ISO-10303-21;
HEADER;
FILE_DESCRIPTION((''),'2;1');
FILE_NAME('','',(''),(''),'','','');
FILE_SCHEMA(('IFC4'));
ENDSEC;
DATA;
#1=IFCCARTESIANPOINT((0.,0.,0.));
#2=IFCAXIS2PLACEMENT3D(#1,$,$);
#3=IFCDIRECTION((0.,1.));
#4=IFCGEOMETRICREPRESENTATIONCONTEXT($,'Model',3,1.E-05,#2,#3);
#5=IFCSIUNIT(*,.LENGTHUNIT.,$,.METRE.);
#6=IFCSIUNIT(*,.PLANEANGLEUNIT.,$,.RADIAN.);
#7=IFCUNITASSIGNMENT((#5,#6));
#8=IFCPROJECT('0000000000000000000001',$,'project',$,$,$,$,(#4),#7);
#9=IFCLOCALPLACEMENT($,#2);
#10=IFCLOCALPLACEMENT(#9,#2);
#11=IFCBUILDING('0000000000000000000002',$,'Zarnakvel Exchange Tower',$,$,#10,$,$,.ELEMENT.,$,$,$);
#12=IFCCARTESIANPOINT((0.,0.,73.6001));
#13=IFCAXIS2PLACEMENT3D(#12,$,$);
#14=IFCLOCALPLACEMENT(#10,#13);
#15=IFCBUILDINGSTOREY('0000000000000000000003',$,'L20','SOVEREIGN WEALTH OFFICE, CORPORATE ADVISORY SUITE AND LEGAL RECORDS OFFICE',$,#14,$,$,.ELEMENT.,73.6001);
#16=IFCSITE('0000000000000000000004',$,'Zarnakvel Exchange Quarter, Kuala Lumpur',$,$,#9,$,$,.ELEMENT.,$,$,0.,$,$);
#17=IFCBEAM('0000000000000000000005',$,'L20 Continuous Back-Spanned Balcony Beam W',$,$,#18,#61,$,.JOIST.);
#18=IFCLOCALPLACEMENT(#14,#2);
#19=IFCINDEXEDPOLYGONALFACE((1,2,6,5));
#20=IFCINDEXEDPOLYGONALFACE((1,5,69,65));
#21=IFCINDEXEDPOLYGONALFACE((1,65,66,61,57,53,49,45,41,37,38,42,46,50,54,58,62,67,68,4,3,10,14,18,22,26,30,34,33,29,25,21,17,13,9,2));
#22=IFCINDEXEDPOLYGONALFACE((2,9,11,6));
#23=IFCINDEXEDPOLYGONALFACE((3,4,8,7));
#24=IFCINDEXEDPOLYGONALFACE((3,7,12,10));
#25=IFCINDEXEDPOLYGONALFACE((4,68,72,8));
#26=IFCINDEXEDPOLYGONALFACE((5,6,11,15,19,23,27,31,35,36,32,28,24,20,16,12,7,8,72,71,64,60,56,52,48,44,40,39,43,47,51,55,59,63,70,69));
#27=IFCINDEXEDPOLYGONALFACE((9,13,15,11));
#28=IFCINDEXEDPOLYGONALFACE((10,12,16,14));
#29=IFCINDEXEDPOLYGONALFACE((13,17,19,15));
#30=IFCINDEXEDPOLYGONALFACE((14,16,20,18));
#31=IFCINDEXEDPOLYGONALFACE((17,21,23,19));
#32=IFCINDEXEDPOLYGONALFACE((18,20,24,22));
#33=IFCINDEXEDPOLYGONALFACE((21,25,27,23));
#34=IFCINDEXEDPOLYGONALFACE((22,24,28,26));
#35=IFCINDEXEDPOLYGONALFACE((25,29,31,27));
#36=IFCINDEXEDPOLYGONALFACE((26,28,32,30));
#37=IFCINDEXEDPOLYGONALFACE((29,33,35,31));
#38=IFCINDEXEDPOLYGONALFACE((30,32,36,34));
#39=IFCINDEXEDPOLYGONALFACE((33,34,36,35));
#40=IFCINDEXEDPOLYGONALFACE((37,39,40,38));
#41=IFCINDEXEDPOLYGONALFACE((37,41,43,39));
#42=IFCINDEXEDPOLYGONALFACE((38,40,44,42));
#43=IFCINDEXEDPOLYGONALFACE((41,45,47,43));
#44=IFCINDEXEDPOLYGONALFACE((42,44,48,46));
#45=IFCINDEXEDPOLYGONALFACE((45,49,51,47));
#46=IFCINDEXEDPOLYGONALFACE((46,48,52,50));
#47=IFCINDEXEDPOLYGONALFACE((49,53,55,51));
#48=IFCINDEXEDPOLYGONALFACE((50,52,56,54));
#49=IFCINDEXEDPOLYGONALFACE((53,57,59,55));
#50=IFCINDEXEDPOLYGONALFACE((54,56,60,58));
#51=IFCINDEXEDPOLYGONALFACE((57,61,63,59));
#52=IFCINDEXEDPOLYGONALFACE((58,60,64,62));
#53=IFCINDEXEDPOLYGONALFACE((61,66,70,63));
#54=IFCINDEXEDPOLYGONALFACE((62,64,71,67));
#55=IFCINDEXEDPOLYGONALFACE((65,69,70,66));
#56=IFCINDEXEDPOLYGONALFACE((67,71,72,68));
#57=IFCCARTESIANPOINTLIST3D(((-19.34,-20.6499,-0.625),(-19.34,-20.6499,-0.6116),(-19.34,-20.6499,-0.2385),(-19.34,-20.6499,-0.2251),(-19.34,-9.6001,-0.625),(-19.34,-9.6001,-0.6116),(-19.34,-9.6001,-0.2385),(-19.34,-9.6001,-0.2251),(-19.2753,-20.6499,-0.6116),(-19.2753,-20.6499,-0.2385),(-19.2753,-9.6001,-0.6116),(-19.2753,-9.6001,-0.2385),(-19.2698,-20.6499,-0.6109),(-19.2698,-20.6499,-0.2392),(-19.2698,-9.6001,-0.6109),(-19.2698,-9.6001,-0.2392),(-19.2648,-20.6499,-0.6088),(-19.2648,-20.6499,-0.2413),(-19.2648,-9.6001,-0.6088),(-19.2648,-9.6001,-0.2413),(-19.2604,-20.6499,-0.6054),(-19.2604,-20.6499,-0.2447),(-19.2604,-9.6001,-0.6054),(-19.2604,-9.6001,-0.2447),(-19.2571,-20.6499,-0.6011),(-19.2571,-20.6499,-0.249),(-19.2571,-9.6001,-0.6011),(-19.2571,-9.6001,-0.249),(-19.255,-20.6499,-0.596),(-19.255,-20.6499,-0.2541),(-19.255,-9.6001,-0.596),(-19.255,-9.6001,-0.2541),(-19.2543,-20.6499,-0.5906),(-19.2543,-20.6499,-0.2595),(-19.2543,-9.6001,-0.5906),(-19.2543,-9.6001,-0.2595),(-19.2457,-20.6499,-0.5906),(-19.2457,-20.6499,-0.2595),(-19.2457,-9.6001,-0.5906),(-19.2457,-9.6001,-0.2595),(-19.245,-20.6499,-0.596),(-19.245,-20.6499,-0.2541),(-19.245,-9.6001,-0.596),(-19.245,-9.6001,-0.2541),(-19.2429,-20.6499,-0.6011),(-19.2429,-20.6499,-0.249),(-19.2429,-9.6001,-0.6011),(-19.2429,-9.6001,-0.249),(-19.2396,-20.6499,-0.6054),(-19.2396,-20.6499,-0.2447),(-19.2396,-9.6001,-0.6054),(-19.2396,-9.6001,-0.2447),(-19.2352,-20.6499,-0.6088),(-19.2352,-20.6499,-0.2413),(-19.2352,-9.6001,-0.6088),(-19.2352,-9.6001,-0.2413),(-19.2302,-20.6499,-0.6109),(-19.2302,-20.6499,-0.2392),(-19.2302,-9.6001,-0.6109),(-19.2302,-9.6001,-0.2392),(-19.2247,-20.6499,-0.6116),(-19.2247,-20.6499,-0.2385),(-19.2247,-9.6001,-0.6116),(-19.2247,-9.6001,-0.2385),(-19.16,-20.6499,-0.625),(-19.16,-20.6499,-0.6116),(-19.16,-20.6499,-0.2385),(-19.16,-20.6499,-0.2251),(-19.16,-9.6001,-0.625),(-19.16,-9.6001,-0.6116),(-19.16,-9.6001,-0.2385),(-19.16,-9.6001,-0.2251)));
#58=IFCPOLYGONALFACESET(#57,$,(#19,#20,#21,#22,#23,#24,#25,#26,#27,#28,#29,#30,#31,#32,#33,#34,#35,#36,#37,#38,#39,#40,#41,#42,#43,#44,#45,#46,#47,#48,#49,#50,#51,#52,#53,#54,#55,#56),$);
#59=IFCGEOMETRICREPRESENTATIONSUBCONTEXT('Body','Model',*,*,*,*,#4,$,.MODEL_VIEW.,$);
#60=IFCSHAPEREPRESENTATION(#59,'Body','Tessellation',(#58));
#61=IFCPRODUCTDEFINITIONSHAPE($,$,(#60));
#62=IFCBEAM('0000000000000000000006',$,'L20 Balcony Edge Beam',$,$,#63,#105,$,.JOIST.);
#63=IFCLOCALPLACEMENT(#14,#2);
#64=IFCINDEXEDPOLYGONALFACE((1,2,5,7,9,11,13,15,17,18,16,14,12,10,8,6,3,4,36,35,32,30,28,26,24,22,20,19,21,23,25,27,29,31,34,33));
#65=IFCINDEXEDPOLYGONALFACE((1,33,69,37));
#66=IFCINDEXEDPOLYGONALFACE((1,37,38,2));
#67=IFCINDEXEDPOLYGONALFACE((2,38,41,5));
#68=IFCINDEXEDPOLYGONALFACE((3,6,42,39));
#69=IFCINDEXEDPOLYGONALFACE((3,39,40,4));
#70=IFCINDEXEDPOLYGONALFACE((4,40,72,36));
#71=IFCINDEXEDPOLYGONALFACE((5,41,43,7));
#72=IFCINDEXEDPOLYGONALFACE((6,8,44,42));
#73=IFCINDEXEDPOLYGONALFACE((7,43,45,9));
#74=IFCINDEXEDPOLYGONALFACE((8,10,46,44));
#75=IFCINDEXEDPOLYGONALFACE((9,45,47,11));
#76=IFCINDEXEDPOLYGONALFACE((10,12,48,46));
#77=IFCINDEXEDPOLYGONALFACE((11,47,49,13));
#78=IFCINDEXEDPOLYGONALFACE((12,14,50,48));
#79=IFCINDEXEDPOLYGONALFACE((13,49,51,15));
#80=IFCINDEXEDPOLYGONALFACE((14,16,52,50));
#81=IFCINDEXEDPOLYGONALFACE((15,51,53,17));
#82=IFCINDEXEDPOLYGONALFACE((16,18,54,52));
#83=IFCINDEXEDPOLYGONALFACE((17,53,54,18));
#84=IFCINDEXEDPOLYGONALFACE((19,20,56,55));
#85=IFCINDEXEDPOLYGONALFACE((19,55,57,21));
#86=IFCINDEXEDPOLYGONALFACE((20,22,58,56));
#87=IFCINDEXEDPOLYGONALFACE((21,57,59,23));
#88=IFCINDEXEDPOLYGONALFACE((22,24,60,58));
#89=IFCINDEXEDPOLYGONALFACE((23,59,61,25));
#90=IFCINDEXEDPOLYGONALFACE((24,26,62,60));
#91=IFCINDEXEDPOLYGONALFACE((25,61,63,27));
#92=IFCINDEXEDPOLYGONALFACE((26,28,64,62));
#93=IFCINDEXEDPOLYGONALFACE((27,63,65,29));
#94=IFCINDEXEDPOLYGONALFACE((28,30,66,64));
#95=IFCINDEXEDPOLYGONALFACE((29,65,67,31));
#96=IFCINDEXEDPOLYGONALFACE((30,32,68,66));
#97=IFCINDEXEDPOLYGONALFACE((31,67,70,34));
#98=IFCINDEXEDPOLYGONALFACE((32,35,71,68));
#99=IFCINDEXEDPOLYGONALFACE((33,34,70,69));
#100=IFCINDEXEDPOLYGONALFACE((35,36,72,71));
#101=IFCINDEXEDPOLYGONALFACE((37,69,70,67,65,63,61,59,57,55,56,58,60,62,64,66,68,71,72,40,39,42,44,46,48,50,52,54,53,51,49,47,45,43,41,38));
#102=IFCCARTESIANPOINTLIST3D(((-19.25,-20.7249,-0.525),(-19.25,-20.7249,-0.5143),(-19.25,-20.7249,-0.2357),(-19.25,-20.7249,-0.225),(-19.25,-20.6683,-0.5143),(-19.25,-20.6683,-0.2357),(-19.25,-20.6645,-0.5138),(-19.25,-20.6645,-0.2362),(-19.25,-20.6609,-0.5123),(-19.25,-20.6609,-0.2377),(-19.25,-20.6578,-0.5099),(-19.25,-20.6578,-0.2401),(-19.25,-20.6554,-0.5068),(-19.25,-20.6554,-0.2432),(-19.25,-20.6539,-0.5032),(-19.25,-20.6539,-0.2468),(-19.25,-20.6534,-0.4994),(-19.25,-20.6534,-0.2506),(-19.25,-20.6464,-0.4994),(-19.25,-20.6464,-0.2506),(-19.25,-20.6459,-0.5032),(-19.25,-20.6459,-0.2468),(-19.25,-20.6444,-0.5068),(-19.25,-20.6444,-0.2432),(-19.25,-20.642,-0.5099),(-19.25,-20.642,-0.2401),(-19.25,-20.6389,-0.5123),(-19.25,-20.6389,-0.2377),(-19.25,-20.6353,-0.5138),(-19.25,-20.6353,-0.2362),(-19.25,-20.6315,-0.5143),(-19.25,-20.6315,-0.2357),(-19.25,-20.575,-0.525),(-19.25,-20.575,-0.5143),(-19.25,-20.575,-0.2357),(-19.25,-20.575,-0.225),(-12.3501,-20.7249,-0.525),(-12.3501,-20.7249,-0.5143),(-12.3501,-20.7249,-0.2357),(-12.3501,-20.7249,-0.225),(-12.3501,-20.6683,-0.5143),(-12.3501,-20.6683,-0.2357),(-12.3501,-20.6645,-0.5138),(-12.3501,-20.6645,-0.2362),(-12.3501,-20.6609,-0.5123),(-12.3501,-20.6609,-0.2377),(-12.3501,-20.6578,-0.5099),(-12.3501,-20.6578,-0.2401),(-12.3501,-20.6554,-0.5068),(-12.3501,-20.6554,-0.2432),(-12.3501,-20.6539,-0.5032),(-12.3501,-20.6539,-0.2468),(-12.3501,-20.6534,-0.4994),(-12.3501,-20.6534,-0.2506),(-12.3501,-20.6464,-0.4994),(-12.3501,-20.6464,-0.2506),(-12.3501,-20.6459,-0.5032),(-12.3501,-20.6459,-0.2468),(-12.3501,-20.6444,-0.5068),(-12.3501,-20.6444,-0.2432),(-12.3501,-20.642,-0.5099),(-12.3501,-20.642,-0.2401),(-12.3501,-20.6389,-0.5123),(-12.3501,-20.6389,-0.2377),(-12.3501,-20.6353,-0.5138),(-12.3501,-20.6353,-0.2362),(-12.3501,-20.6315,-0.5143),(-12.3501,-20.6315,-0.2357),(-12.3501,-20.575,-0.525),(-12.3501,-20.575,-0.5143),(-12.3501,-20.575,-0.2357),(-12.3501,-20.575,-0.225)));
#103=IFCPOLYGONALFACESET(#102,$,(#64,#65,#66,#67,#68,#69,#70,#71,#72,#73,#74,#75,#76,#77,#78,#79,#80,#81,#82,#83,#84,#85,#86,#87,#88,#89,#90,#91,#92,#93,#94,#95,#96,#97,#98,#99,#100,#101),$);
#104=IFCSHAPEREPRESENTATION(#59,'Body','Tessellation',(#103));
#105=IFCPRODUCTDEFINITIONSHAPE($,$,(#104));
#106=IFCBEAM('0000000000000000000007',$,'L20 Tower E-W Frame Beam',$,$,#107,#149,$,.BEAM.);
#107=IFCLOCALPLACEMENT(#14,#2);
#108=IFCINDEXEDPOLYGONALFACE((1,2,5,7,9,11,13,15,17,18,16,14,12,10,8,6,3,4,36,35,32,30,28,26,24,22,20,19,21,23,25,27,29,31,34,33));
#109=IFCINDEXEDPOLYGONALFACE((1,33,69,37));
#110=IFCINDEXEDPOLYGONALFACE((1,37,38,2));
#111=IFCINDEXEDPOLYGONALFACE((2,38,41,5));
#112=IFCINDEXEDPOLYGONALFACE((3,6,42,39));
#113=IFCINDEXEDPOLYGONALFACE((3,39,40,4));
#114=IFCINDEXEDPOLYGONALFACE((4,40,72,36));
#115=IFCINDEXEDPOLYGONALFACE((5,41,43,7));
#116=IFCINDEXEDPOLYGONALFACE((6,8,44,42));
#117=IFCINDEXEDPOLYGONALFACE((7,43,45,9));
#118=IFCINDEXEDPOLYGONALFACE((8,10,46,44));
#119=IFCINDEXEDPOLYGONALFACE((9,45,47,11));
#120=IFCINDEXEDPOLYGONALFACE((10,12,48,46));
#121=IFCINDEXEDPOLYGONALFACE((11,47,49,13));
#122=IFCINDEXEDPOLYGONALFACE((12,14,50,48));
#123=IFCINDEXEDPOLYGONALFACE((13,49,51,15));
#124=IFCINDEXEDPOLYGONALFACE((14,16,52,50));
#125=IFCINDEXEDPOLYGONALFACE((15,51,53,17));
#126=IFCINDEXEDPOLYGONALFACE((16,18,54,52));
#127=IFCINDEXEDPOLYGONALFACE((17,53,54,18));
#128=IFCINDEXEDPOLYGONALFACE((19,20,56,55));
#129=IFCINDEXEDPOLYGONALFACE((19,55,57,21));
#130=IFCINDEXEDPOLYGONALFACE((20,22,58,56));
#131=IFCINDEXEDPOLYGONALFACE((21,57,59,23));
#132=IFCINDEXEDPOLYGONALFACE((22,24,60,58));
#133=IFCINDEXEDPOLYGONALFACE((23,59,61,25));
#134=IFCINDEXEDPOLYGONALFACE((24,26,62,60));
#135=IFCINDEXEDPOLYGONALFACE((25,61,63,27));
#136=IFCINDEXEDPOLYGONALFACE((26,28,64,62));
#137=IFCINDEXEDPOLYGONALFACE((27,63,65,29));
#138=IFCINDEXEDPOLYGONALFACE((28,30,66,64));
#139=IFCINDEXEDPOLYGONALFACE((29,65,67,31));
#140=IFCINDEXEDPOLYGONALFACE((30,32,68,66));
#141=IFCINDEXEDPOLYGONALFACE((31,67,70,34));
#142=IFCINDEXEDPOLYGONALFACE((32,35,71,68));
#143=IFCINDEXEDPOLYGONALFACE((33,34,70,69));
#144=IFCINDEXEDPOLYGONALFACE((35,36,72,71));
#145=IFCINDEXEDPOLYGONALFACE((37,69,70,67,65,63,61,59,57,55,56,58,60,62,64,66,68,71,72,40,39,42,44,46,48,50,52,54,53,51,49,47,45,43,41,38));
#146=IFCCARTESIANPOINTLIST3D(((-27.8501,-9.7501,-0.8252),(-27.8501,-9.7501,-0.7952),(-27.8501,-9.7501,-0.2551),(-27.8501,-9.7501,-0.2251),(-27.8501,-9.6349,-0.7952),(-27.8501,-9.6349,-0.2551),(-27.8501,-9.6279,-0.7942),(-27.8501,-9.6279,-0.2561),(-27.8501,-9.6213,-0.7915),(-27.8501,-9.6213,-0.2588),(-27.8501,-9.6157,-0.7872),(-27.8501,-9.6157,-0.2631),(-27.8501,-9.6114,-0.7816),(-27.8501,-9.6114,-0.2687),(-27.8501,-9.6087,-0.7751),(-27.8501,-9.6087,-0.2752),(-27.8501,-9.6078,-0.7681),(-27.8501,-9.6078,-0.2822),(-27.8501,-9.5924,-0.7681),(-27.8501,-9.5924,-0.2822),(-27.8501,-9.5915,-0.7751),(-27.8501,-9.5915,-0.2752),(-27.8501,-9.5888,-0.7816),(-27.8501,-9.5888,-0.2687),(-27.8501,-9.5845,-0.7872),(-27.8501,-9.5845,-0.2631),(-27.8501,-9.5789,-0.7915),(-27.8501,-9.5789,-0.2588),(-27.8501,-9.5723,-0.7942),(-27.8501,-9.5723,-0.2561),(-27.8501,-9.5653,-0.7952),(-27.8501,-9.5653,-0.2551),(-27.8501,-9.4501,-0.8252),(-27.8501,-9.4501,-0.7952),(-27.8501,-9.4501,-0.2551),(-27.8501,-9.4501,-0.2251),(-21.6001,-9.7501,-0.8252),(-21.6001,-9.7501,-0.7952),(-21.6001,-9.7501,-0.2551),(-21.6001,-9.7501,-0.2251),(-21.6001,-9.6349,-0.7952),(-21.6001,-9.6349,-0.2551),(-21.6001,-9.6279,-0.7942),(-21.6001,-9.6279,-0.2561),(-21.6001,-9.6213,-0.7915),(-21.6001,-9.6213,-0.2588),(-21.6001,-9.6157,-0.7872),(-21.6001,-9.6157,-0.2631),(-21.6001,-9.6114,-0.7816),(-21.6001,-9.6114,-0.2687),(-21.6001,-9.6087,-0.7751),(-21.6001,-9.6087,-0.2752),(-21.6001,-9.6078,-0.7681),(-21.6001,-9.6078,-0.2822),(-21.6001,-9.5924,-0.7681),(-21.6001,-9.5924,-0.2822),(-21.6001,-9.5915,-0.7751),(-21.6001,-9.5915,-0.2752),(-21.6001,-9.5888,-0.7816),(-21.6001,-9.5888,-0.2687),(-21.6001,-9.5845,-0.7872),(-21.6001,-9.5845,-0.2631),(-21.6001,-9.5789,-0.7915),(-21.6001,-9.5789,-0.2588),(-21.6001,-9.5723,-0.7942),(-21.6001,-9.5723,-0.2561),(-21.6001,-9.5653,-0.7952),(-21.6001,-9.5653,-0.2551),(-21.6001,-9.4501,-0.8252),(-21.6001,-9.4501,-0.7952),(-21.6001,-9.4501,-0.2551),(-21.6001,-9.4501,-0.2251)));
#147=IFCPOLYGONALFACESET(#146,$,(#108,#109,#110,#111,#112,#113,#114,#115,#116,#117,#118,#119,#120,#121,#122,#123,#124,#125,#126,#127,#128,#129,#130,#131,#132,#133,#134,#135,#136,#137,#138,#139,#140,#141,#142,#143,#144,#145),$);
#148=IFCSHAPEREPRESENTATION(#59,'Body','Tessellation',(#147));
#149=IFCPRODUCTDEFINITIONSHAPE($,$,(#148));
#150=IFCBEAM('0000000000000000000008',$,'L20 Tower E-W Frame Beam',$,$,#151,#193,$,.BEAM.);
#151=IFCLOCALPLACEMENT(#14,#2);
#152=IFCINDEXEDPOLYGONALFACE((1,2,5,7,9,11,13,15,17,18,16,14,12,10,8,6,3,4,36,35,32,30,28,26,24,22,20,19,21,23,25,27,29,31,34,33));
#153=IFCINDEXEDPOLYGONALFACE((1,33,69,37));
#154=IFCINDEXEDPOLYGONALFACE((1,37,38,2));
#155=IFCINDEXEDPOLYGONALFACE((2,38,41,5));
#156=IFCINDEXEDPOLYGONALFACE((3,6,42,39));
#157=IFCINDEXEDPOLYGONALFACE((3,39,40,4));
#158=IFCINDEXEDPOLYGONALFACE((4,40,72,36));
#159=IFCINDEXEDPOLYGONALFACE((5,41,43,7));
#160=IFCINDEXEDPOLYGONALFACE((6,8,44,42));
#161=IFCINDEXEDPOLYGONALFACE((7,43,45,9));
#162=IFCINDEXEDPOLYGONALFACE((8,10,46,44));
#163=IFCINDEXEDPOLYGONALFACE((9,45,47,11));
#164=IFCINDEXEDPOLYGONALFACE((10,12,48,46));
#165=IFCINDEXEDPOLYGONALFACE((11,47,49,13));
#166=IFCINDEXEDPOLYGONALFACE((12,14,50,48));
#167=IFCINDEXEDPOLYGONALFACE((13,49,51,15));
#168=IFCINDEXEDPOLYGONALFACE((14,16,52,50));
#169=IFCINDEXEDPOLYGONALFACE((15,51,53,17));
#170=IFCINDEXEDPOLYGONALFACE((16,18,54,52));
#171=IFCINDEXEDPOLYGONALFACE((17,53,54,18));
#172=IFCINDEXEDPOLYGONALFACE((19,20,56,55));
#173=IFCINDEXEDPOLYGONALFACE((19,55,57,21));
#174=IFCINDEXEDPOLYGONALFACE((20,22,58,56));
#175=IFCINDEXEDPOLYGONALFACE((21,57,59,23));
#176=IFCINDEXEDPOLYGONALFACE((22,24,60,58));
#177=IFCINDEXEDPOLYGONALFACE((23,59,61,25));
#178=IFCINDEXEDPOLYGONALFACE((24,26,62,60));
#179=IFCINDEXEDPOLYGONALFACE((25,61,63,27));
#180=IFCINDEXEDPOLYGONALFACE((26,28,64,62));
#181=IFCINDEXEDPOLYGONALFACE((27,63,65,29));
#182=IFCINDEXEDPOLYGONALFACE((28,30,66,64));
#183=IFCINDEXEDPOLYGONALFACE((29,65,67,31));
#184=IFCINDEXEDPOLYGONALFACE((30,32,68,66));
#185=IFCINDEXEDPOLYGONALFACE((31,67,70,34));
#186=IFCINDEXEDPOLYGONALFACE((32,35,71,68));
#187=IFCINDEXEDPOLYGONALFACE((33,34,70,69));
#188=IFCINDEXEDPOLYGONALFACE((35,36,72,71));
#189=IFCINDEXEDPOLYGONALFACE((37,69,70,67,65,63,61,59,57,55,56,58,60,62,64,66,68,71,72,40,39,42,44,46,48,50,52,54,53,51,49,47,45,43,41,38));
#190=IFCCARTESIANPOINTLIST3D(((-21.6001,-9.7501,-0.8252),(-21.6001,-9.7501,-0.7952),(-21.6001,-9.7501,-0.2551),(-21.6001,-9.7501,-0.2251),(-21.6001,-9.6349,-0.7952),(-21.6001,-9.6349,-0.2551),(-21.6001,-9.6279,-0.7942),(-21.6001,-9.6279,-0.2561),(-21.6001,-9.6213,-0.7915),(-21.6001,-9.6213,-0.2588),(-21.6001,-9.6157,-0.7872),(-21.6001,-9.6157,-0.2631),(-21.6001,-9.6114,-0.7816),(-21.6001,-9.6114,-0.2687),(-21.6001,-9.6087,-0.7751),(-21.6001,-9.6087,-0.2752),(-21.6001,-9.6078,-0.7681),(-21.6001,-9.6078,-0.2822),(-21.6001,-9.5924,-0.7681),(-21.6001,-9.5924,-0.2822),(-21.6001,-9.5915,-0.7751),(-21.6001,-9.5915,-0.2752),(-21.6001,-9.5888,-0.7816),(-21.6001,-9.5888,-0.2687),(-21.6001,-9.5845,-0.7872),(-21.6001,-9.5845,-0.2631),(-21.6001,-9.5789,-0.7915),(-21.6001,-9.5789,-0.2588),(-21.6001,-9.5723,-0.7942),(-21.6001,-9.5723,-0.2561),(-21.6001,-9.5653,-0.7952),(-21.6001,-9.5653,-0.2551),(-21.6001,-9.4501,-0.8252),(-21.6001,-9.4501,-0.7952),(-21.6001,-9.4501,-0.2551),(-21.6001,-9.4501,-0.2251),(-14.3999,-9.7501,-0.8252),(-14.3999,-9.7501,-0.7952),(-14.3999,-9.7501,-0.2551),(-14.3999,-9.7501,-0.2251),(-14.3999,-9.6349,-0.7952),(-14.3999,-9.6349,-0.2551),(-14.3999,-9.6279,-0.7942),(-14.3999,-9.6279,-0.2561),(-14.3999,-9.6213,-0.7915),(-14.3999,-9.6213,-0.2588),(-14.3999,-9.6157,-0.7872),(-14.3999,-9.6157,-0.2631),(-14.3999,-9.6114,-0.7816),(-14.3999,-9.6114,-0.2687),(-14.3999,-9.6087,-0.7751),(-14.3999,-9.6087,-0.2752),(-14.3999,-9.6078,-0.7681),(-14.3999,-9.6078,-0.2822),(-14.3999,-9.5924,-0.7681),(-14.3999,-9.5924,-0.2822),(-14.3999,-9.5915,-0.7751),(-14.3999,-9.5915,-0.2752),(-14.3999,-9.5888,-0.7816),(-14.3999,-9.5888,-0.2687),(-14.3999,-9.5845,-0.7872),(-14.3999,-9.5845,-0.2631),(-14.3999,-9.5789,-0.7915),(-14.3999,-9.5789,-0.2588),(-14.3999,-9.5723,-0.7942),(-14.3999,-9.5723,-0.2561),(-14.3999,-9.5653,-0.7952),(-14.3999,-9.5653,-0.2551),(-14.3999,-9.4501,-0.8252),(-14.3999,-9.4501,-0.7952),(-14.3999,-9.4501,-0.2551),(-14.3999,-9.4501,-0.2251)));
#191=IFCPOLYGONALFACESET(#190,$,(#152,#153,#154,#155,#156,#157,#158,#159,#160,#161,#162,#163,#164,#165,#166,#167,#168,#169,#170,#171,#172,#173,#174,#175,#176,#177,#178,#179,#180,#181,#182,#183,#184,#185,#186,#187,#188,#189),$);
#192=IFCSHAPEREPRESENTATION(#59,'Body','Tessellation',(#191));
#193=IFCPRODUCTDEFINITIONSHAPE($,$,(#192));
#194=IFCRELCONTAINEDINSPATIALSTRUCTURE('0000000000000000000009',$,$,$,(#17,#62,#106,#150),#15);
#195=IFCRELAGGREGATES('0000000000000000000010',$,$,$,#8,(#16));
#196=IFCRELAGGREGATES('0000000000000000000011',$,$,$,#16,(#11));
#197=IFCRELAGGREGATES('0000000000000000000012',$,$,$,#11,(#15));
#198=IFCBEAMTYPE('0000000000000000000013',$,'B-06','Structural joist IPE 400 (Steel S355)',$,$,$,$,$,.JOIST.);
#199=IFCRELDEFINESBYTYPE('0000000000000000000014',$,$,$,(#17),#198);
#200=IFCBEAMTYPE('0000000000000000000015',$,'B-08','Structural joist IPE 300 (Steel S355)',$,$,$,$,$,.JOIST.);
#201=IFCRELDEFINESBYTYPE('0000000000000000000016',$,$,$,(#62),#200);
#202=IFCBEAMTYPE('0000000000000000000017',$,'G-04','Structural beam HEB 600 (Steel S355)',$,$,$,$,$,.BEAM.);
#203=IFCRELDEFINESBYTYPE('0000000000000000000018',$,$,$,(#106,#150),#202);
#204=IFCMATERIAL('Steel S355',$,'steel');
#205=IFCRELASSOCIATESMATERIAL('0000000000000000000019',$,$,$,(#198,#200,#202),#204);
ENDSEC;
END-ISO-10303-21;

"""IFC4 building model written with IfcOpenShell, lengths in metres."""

from ifc_helpers import new_model, si_unit, direction, frame, origin, origin_2d, place, context, subcontext, project, spatial, i_section, extrude, material, material_profile, profile_set, type_object, element, save


model = new_model("IFC4")

# Units and contexts
model_context = context("Model", 3, precision=1e-05, world=origin(), true_north=direction((0.0, 1.0)))
body_context = subcontext(model_context, "Body", "Model", "MODEL_VIEW")
ifc_project = project(units=[si_unit("LENGTHUNIT", "METRE"), si_unit("PLANEANGLEUNIT", "RADIAN")], contexts=[model_context])

# Site, building, storey
site_placement = place(None, origin())
site = spatial("IfcSite", under=ifc_project, at=site_placement, Name="Zarnakvel Exchange Quarter, Kuala Lumpur", CompositionType="ELEMENT", RefElevation=0.0)
building_placement = place(site_placement, origin())
building = spatial("IfcBuilding", under=site, at=building_placement, Name="Zarnakvel Exchange Tower", CompositionType="ELEMENT")
storey_placement = place(building_placement, frame((0.0, 0.0, 73.6001)))
storey = spatial("IfcBuildingStorey", under=building, at=storey_placement, Name="L20", Description="SOVEREIGN WEALTH OFFICE, CORPORATE ADVISORY SUITE AND LEGAL RECORDS OFFICE", CompositionType="ELEMENT", Elevation=73.6001)

# Shared definitions
ifc_material_1 = material(Name="Steel S355", Category="steel")

# Beams
ifc_material_profile_1 = material_profile(ifc_material_1, i_section(OverallWidth=0.1799, OverallDepth=0.3999, WebThickness=0.0085, FlangeThickness=0.0134, FilletRadius=0.021, at=origin_2d()))
ifc_profile_set_1 = profile_set([ifc_material_profile_1], Name="Steel S355")
beam_type_1 = type_object("IfcBeamType", Name="B-06", Description="Structural joist IPE 400 (Steel S355)", PredefinedType="JOIST", material=ifc_profile_set_1)
beam_1_placement = place(storey_placement, frame((-19.25, -9.6001, -0.425), z_axis=(0.0, -1.0, 0.0), x_axis=(1.0, 0.0, 0.0)))
element("IfcBeam", 1, at=beam_1_placement, inside=storey, type_object=beam_type_1, Name="L20 Continuous Back-Spanned Balcony Beam W", PredefinedType="JOIST", context=body_context, shape_type="SweptSolid", body=[
    extrude(i_section(OverallWidth=0.1799, OverallDepth=0.3999, WebThickness=0.0085, FlangeThickness=0.0134, FilletRadius=0.021, at=origin_2d()), origin(), (0.0, 0.0, 1.0), 11.0498),
])
ifc_material_profile_2 = material_profile(ifc_material_1, i_section(OverallWidth=0.1499, OverallDepth=0.3, WebThickness=0.0071, FlangeThickness=0.0107, FilletRadius=0.0149, at=origin_2d()))
ifc_profile_set_2 = profile_set([ifc_material_profile_2], Name="Steel S355")
beam_type_2 = type_object("IfcBeamType", Name="B-08", Description="Structural joist IPE 300 (Steel S355)", PredefinedType="JOIST", material=ifc_profile_set_2)
beam_2_placement = place(storey_placement, frame((-19.25, -20.6499, -0.375), z_axis=(1.0, 0.0, 0.0), x_axis=(0.0, 1.0, 0.0)))
element("IfcBeam", 2, at=beam_2_placement, inside=storey, type_object=beam_type_2, Name="L20 Balcony Edge Beam", PredefinedType="JOIST", context=body_context, shape_type="SweptSolid", body=[
    extrude(i_section(OverallWidth=0.1499, OverallDepth=0.3, WebThickness=0.0071, FlangeThickness=0.0107, FilletRadius=0.0149, at=origin_2d()), origin(), (0.0, 0.0, 1.0), 6.8999),
])
ifc_material_profile_3 = material_profile(ifc_material_1, i_section(OverallWidth=0.3, OverallDepth=0.6001, WebThickness=0.0154, FlangeThickness=0.03, FilletRadius=0.0271, at=origin_2d()))
ifc_profile_set_3 = profile_set([ifc_material_profile_3], Name="Steel S355")
beam_type_3 = type_object("IfcBeamType", Name="G-04", Description="Structural beam HEB 600 (Steel S355)", PredefinedType="BEAM", material=ifc_profile_set_3)
beam_3_placement = place(storey_placement, frame((-27.8501, -9.6001, -0.5251), z_axis=(1.0, 0.0, 0.0), x_axis=(0.0, 1.0, 0.0)))
element("IfcBeam", 3, at=beam_3_placement, inside=storey, type_object=beam_type_3, Name="L20 Tower E-W Frame Beam", PredefinedType="BEAM", context=body_context, shape_type="SweptSolid", body=[
    extrude(i_section(OverallWidth=0.3, OverallDepth=0.6001, WebThickness=0.0154, FlangeThickness=0.03, FilletRadius=0.0271, at=origin_2d()), origin(), (0.0, 0.0, 1.0), 6.25),
])
beam_4_placement = place(storey_placement, frame((-21.6001, -9.6001, -0.5251), z_axis=(1.0, 0.0, 0.0), x_axis=(0.0, 1.0, 0.0)))
element("IfcBeam", 4, at=beam_4_placement, inside=storey, type_object=beam_type_3, Name="L20 Tower E-W Frame Beam", PredefinedType="BEAM", context=body_context, shape_type="SweptSolid", body=[
    extrude(i_section(OverallWidth=0.3, OverallDepth=0.6001, WebThickness=0.0154, FlangeThickness=0.03, FilletRadius=0.0271, at=origin_2d()), origin(), (0.0, 0.0, 1.0), 7.2002),
])

save(model, "model.ifc")
